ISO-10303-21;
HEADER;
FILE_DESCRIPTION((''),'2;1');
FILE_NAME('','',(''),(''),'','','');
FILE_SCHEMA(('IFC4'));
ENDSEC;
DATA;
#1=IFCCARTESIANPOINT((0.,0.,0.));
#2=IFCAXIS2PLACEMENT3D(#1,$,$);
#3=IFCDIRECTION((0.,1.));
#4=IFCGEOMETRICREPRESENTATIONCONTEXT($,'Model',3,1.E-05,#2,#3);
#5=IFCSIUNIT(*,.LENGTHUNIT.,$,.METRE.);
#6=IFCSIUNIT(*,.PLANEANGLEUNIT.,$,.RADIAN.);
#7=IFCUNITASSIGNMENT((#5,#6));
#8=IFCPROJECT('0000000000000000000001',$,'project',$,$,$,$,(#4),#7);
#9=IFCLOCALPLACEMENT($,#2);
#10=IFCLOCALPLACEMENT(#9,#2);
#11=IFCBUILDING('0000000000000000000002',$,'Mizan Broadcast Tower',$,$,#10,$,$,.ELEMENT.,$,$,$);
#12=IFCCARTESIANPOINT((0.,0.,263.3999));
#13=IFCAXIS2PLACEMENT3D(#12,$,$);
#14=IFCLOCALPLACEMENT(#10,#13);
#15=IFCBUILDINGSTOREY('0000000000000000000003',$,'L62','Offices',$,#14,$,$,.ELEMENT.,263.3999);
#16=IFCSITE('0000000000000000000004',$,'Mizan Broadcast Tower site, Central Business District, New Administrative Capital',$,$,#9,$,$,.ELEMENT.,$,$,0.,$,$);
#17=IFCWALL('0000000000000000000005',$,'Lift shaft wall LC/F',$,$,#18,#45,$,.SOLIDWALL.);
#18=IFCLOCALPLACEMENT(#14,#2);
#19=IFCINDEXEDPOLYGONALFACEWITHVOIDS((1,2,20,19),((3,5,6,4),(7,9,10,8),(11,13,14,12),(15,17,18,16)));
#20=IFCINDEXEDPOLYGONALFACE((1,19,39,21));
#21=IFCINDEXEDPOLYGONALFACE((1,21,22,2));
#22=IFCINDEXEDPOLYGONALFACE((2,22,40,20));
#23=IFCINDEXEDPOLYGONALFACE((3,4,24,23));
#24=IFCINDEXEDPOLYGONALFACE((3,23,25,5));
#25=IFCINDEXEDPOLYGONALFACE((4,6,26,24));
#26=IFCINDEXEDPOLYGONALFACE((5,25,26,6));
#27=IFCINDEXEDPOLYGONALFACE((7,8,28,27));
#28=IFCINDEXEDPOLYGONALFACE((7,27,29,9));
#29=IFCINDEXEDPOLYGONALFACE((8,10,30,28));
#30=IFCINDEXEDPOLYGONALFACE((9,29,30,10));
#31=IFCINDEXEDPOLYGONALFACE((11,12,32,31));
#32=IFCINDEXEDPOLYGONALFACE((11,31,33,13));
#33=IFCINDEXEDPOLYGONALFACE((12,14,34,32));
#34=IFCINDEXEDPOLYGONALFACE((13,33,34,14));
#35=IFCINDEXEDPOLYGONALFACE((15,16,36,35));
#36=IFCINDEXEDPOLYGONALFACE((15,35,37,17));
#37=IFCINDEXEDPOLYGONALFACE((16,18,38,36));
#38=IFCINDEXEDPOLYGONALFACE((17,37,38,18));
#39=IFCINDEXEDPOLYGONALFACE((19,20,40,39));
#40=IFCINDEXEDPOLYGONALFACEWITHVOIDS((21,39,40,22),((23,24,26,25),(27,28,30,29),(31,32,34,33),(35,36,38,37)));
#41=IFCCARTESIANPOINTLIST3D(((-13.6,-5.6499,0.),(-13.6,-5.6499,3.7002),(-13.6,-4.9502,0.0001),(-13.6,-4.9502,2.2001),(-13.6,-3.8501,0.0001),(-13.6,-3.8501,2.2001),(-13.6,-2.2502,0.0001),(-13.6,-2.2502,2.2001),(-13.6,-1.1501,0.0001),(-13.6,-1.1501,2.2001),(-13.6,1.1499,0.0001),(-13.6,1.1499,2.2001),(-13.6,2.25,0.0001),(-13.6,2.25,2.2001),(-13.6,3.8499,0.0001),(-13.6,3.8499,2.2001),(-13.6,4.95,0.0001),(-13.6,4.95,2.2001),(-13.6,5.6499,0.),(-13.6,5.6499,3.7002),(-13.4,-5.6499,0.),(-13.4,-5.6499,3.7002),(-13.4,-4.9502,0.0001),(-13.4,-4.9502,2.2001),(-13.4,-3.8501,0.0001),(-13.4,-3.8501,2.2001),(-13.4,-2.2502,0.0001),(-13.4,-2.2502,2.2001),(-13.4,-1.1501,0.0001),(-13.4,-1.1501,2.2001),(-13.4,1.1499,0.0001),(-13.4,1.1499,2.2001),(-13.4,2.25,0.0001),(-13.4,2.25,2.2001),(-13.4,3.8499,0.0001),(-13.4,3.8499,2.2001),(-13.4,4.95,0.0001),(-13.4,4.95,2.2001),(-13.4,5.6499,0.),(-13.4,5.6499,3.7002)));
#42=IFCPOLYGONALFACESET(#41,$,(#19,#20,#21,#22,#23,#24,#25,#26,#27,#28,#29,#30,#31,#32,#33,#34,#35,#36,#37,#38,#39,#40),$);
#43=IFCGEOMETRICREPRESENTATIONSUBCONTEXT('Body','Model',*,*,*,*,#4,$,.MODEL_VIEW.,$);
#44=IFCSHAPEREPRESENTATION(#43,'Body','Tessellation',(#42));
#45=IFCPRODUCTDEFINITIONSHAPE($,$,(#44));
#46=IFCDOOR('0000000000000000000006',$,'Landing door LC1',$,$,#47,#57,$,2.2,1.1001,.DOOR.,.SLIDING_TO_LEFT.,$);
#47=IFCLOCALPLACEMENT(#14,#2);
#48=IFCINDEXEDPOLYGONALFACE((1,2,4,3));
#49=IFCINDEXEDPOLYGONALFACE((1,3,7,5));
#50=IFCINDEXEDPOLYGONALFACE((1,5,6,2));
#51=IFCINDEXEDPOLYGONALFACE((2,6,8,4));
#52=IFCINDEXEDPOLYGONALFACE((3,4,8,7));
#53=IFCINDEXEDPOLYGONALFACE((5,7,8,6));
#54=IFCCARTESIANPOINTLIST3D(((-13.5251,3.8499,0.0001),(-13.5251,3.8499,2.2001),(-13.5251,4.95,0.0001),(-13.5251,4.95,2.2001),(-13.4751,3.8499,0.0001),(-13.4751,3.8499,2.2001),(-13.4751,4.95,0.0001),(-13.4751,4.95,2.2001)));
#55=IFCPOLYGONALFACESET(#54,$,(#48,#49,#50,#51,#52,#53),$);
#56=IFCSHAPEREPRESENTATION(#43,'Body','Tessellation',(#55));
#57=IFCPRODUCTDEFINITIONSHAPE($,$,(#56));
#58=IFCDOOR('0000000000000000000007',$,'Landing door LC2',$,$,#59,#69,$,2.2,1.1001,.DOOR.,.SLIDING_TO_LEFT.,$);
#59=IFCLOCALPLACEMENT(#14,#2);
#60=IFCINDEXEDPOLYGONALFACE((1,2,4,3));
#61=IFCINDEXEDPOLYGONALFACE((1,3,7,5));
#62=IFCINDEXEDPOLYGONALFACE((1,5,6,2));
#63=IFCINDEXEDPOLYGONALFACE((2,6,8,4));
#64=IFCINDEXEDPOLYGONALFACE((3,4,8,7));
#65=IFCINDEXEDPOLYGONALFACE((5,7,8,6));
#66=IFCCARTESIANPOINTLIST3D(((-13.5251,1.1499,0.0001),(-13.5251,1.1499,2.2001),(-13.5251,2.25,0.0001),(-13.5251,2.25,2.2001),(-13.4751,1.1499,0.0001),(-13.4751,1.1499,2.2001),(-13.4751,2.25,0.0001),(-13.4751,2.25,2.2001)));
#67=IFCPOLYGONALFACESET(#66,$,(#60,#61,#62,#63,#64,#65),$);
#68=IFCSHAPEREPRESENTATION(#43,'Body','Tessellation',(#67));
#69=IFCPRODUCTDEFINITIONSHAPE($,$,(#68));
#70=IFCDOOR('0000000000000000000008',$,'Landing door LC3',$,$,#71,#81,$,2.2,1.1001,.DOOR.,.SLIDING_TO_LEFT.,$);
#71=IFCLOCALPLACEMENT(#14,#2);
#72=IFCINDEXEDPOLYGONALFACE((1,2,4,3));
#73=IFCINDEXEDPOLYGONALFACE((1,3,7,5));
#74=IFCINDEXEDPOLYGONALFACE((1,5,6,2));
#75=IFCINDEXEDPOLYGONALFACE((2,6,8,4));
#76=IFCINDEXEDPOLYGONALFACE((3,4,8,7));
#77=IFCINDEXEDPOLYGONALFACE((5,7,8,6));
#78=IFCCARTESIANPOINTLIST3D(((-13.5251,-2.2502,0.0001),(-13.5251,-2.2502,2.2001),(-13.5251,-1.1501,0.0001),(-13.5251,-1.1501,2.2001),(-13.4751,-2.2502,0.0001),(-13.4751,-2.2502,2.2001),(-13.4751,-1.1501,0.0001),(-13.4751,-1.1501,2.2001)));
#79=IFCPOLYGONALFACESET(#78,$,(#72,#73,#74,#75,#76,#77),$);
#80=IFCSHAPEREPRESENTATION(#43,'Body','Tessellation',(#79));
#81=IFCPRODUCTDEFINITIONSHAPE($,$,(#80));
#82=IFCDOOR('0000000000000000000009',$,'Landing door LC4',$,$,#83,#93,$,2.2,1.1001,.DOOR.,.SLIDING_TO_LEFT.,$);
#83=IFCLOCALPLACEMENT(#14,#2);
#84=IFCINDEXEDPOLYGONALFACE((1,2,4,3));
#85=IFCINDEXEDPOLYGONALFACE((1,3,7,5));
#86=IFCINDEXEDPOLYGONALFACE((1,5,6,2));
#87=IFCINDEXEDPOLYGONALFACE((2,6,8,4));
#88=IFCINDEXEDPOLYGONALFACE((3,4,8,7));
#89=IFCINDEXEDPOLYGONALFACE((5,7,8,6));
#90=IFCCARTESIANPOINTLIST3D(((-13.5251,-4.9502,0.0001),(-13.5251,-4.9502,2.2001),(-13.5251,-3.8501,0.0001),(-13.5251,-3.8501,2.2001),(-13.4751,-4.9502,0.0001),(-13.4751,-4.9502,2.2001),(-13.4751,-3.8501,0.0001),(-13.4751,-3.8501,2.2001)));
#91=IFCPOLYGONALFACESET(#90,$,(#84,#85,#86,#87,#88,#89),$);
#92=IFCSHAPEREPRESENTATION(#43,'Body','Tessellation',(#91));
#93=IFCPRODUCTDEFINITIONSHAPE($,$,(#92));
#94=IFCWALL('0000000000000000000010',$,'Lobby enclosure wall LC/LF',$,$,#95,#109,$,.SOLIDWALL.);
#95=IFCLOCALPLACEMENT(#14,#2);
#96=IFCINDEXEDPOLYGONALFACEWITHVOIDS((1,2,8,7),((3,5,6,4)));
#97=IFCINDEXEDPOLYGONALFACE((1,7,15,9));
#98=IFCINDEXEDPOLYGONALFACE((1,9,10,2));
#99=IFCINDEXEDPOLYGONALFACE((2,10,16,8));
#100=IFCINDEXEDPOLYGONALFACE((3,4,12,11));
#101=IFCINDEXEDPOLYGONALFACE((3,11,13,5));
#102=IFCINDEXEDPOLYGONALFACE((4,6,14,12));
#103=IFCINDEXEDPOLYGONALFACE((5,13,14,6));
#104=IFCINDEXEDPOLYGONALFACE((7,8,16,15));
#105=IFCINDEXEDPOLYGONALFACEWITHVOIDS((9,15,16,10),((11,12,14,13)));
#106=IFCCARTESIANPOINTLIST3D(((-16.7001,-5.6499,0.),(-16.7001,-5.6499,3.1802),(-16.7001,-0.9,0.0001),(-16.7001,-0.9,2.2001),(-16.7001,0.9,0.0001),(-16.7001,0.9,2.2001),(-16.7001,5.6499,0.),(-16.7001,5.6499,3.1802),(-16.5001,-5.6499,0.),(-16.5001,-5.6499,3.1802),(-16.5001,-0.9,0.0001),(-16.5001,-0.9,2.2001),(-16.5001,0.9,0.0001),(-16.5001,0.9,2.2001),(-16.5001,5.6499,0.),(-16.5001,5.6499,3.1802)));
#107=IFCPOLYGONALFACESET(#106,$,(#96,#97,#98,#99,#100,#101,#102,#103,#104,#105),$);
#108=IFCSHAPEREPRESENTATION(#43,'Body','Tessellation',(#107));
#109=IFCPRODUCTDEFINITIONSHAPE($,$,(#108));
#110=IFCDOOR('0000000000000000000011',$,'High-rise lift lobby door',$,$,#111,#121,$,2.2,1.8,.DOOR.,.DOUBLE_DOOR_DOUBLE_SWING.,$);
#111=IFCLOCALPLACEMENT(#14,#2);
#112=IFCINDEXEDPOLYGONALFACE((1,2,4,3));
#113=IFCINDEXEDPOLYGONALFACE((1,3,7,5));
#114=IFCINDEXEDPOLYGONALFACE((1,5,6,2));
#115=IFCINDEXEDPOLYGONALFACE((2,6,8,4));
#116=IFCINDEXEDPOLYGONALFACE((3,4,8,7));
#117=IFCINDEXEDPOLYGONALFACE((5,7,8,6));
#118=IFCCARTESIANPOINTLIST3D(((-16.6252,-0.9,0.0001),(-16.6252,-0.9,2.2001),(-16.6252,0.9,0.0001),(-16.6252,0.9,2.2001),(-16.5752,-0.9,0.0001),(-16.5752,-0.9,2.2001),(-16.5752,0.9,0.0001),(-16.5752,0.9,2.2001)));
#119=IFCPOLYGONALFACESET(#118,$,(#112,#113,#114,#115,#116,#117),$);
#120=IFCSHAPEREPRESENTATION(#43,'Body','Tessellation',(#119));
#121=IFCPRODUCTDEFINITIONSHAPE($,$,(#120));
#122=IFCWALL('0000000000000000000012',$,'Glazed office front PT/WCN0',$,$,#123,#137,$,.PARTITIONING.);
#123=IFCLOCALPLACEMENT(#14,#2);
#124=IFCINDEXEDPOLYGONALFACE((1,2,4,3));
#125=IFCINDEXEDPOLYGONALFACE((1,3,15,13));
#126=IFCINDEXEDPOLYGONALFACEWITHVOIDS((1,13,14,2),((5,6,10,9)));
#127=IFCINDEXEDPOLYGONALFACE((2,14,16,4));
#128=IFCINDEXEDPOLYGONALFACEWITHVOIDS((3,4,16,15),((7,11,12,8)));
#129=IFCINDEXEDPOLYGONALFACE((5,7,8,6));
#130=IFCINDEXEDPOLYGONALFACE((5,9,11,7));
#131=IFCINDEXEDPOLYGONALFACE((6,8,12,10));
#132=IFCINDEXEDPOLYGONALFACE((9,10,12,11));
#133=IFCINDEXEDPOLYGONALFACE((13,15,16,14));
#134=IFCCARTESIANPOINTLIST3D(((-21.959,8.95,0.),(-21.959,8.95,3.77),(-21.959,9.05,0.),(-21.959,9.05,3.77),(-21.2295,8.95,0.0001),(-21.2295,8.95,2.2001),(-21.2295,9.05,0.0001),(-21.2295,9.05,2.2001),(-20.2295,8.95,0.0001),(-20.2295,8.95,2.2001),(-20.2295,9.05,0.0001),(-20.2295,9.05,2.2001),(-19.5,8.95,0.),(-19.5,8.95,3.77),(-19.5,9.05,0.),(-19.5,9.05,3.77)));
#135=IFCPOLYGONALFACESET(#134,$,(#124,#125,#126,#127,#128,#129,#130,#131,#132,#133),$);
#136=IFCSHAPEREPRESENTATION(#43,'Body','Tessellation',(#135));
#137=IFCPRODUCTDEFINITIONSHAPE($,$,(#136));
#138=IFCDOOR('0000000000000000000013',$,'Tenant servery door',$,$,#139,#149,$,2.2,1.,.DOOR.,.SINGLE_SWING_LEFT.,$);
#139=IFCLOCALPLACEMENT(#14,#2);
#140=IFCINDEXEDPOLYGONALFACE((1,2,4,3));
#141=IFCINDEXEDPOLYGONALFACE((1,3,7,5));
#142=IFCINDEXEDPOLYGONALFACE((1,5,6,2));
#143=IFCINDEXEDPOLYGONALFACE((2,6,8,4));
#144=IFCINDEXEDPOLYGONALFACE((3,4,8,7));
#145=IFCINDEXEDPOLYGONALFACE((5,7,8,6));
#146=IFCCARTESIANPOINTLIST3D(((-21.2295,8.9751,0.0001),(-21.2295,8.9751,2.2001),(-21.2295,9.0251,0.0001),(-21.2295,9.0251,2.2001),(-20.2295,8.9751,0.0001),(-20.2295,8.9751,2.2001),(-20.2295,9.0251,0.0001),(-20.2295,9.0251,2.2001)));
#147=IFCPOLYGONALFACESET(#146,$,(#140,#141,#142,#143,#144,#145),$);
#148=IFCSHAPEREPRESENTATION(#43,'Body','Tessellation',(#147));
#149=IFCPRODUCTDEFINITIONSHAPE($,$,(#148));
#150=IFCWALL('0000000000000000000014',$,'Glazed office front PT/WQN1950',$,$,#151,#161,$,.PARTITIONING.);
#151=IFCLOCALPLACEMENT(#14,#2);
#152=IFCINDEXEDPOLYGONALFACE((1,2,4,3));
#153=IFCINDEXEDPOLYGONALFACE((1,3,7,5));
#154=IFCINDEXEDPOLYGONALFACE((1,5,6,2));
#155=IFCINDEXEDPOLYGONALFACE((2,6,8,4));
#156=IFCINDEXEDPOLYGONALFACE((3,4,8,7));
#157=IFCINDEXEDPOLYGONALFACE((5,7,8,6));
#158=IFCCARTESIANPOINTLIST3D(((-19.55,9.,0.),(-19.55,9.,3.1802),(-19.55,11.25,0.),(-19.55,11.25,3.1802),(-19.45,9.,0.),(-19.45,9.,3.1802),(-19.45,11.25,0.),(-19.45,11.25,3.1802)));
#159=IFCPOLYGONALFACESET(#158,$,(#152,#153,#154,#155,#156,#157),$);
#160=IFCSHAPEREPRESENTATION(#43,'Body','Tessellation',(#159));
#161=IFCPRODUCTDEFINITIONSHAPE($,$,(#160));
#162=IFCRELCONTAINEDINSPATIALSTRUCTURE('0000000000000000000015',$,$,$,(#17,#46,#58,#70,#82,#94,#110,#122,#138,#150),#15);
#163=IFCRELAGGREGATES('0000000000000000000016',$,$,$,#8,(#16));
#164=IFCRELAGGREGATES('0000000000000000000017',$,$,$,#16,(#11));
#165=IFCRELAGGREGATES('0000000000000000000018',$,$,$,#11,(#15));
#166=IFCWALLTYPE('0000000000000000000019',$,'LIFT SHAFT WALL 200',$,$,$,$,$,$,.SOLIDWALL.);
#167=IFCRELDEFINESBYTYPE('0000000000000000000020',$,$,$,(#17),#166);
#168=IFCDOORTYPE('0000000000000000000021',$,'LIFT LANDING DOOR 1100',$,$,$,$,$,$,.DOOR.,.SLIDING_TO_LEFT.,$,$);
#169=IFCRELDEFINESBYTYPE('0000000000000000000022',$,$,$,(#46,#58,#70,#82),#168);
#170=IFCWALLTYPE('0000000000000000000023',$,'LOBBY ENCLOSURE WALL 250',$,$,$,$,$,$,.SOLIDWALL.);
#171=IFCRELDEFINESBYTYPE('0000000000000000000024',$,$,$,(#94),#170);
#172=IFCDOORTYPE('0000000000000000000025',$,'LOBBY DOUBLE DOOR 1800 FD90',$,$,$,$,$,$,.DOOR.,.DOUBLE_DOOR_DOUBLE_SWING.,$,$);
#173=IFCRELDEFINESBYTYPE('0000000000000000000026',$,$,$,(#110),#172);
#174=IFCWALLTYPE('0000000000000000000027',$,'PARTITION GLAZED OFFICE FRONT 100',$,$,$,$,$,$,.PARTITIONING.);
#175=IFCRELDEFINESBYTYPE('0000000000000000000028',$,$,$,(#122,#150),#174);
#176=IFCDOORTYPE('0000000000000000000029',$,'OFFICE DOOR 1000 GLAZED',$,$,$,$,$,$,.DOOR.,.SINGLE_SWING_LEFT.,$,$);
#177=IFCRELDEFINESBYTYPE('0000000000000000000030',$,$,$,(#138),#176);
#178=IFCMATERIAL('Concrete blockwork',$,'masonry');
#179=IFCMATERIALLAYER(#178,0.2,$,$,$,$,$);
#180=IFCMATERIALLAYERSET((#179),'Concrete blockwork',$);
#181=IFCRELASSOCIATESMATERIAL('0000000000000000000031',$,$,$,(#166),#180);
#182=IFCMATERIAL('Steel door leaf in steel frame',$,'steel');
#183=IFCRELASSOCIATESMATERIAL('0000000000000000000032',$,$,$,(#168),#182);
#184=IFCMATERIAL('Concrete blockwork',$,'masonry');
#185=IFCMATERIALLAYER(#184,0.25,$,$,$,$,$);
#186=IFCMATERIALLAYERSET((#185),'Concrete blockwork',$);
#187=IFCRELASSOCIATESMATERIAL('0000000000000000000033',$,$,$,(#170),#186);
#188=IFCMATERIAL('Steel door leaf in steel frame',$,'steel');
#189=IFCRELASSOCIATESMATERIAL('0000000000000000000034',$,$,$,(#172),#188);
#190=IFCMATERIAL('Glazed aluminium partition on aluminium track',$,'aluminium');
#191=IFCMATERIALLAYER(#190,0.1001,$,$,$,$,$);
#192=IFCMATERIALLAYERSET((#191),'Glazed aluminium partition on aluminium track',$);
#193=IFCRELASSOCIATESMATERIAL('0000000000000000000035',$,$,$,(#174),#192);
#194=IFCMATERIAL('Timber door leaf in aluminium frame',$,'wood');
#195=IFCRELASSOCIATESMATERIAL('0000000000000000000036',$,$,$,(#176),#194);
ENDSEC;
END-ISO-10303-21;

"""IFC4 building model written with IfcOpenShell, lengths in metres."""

from ifc_helpers import new_model, si_unit, direction, frame, frame_2d, origin, place, context, subcontext, project, spatial, rectangle, extrude, material, layer, layer_set, type_object, element, fill, save


model = new_model("IFC4")

# Units and contexts
model_context = context("Model", 3, precision=1e-05, world=origin(), true_north=direction((0.0, 1.0)))
body_context = subcontext(model_context, "Body", "Model", "MODEL_VIEW")
ifc_project = project(units=[si_unit("LENGTHUNIT", "METRE"), si_unit("PLANEANGLEUNIT", "RADIAN")], contexts=[model_context])

# Site, building, storey
site_placement = place(None, origin())
site = spatial("IfcSite", under=ifc_project, at=site_placement, Name="Mizan Broadcast Tower site, Central Business District, New Administrative Capital", CompositionType="ELEMENT", RefElevation=0.0)
building_placement = place(site_placement, origin())
building = spatial("IfcBuilding", under=site, at=building_placement, Name="Mizan Broadcast Tower", CompositionType="ELEMENT")
storey_placement = place(building_placement, frame((0.0, 0.0, 263.3999)))
storey = spatial("IfcBuildingStorey", under=building, at=storey_placement, Name="L62", Description="Offices", CompositionType="ELEMENT", Elevation=263.3999)

# Wall, openings, doors
ifc_material_1 = material(Name="Concrete blockwork", Category="masonry")
ifc_layer_1 = layer(ifc_material_1, 0.2)
ifc_layer_set_1 = layer_set([ifc_layer_1], Name="Concrete blockwork")
wall_type_1 = type_object("IfcWallType", Name="LIFT SHAFT WALL 200", PredefinedType="SOLIDWALL", material=ifc_layer_set_1)
wall_1_placement = place(storey_placement, frame((-13.5, 5.6499, 0.0), z_axis=(0.0, 0.0, 1.0), x_axis=(0.0, -1.0, 0.0)))
wall_1 = element("IfcWall", 1, at=wall_1_placement, inside=storey, type_object=wall_type_1, Name="Lift shaft wall LC/F", PredefinedType="SOLIDWALL", context=body_context, shape_type="SweptSolid", body=[
    extrude(rectangle(XDim=11.2998, YDim=0.2, at=frame_2d((5.6499, 0.0))), origin(), (0.0, 0.0, 1.0), 3.7002),
])
opening_1_placement = place(wall_1_placement, frame((0.7, 0.0, 0.0)))
opening_1 = element("IfcOpeningElement", 2, at=opening_1_placement, cuts=wall_1, PredefinedType="OPENING", context=body_context, shape_type="SweptSolid", body=[
    extrude(rectangle(XDim=1.1001, YDim=2.2, at=frame_2d((0.55, 1.1001))), frame((0.0, 0.1099, 0.0), z_axis=(0.0, -1.0, 0.0), x_axis=(1.0, 0.0, 0.0)), (0.0, 0.0, 1.0), 0.22),
])
opening_2_placement = place(wall_1_placement, frame((3.3999, 0.0, 0.0)))
opening_2 = element("IfcOpeningElement", 3, at=opening_2_placement, cuts=wall_1, PredefinedType="OPENING", context=body_context, shape_type="SweptSolid", body=[
    extrude(rectangle(XDim=1.1001, YDim=2.2, at=frame_2d((0.55, 1.1001))), frame((0.0, 0.1099, 0.0), z_axis=(0.0, -1.0, 0.0), x_axis=(1.0, 0.0, 0.0)), (0.0, 0.0, 1.0), 0.22),
])
opening_3_placement = place(wall_1_placement, frame((6.8, 0.0, 0.0)))
opening_3 = element("IfcOpeningElement", 4, at=opening_3_placement, cuts=wall_1, PredefinedType="OPENING", context=body_context, shape_type="SweptSolid", body=[
    extrude(rectangle(XDim=1.1001, YDim=2.2, at=frame_2d((0.55, 1.1001))), frame((0.0, 0.1099, 0.0), z_axis=(0.0, -1.0, 0.0), x_axis=(1.0, 0.0, 0.0)), (0.0, 0.0, 1.0), 0.22),
])
opening_4_placement = place(wall_1_placement, frame((9.5, 0.0, 0.0)))
opening_4 = element("IfcOpeningElement", 5, at=opening_4_placement, cuts=wall_1, PredefinedType="OPENING", context=body_context, shape_type="SweptSolid", body=[
    extrude(rectangle(XDim=1.1001, YDim=2.2, at=frame_2d((0.55, 1.1001))), frame((0.0, 0.1099, 0.0), z_axis=(0.0, -1.0, 0.0), x_axis=(1.0, 0.0, 0.0)), (0.0, 0.0, 1.0), 0.22),
])
ifc_material_2 = material(Name="Steel door leaf in steel frame", Category="steel")
door_type_1 = type_object("IfcDoorType", Name="LIFT LANDING DOOR 1100", OperationType="SLIDING_TO_LEFT", PredefinedType="DOOR", material=ifc_material_2)
door_1_placement = place(opening_1_placement, origin())
door_1 = element("IfcDoor", 6, at=door_1_placement, inside=storey, type_object=door_type_1, Name="Landing door LC1", OperationType="SLIDING_TO_LEFT", OverallHeight=2.2, OverallWidth=1.1001, PredefinedType="DOOR", context=body_context, shape_type="SweptSolid", body=[
    extrude(rectangle(XDim=1.1001, YDim=2.2, at=frame_2d((0.55, 1.1001))), frame((0.0, 0.0249, 0.0), z_axis=(0.0, -1.0, 0.0), x_axis=(1.0, 0.0, 0.0)), (0.0, 0.0, 1.0), 0.05),
])
fill(opening_1, door_1)
door_2_placement = place(opening_2_placement, origin())
door_2 = element("IfcDoor", 7, at=door_2_placement, inside=storey, type_object=door_type_1, Name="Landing door LC2", OperationType="SLIDING_TO_LEFT", OverallHeight=2.2, OverallWidth=1.1001, PredefinedType="DOOR", context=body_context, shape_type="SweptSolid", body=[
    extrude(rectangle(XDim=1.1001, YDim=2.2, at=frame_2d((0.55, 1.1001))), frame((0.0, 0.0249, 0.0), z_axis=(0.0, -1.0, 0.0), x_axis=(1.0, 0.0, 0.0)), (0.0, 0.0, 1.0), 0.05),
])
fill(opening_2, door_2)
door_3_placement = place(opening_3_placement, origin())
door_3 = element("IfcDoor", 8, at=door_3_placement, inside=storey, type_object=door_type_1, Name="Landing door LC3", OperationType="SLIDING_TO_LEFT", OverallHeight=2.2, OverallWidth=1.1001, PredefinedType="DOOR", context=body_context, shape_type="SweptSolid", body=[
    extrude(rectangle(XDim=1.1001, YDim=2.2, at=frame_2d((0.55, 1.1001))), frame((0.0, 0.0249, 0.0), z_axis=(0.0, -1.0, 0.0), x_axis=(1.0, 0.0, 0.0)), (0.0, 0.0, 1.0), 0.05),
])
fill(opening_3, door_3)
door_4_placement = place(opening_4_placement, origin())
door_4 = element("IfcDoor", 9, at=door_4_placement, inside=storey, type_object=door_type_1, Name="Landing door LC4", OperationType="SLIDING_TO_LEFT", OverallHeight=2.2, OverallWidth=1.1001, PredefinedType="DOOR", context=body_context, shape_type="SweptSolid", body=[
    extrude(rectangle(XDim=1.1001, YDim=2.2, at=frame_2d((0.55, 1.1001))), frame((0.0, 0.0249, 0.0), z_axis=(0.0, -1.0, 0.0), x_axis=(1.0, 0.0, 0.0)), (0.0, 0.0, 1.0), 0.05),
])
fill(opening_4, door_4)

# Walls, openings, doors
ifc_material_3 = material(Name="Concrete blockwork", Category="masonry")
ifc_layer_2 = layer(ifc_material_3, 0.25)
ifc_layer_set_2 = layer_set([ifc_layer_2], Name="Concrete blockwork")
wall_type_2 = type_object("IfcWallType", Name="LOBBY ENCLOSURE WALL 250", PredefinedType="SOLIDWALL", material=ifc_layer_set_2)
wall_2_placement = place(storey_placement, frame((-16.6001, 5.6499, 0.0), z_axis=(0.0, 0.0, 1.0), x_axis=(0.0, -1.0, 0.0)))
wall_2 = element("IfcWall", 10, at=wall_2_placement, inside=storey, type_object=wall_type_2, Name="Lobby enclosure wall LC/LF", PredefinedType="SOLIDWALL", context=body_context, shape_type="SweptSolid", body=[
    extrude(rectangle(XDim=11.2998, YDim=0.2, at=frame_2d((5.6499, 0.0))), origin(), (0.0, 0.0, 1.0), 3.1802),
])
opening_5_placement = place(wall_2_placement, frame((4.75, 0.0, 0.0)))
opening_5 = element("IfcOpeningElement", 11, at=opening_5_placement, cuts=wall_2, PredefinedType="OPENING", context=body_context, shape_type="SweptSolid", body=[
    extrude(rectangle(XDim=1.8, YDim=2.2, at=frame_2d((0.8999, 1.1001))), frame((0.0, 0.1099, 0.0), z_axis=(0.0, -1.0, 0.0), x_axis=(1.0, 0.0, 0.0)), (0.0, 0.0, 1.0), 0.22),
])
ifc_material_4 = material(Name="Steel door leaf in steel frame", Category="steel")
door_type_2 = type_object("IfcDoorType", Name="LOBBY DOUBLE DOOR 1800 FD90", OperationType="DOUBLE_DOOR_DOUBLE_SWING", PredefinedType="DOOR", material=ifc_material_4)
door_5_placement = place(opening_5_placement, origin())
door_5 = element("IfcDoor", 12, at=door_5_placement, inside=storey, type_object=door_type_2, Name="High-rise lift lobby door", OperationType="DOUBLE_DOOR_DOUBLE_SWING", OverallHeight=2.2, OverallWidth=1.8, PredefinedType="DOOR", context=body_context, shape_type="SweptSolid", body=[
    extrude(rectangle(XDim=1.8, YDim=2.2, at=frame_2d((0.8999, 1.1001))), frame((0.0, 0.0249, 0.0), z_axis=(0.0, -1.0, 0.0), x_axis=(1.0, 0.0, 0.0)), (0.0, 0.0, 1.0), 0.05),
])
fill(opening_5, door_5)
ifc_material_5 = material(Name="Glazed aluminium partition on aluminium track", Category="aluminium")
ifc_layer_3 = layer(ifc_material_5, 0.1001)
ifc_layer_set_3 = layer_set([ifc_layer_3], Name="Glazed aluminium partition on aluminium track")
wall_type_3 = type_object("IfcWallType", Name="PARTITION GLAZED OFFICE FRONT 100", PredefinedType="PARTITIONING", material=ifc_layer_set_3)
wall_3_placement = place(storey_placement, frame((-19.5, 9.0, 0.0), z_axis=(0.0, 0.0, 1.0), x_axis=(-1.0, 0.0, 0.0)))
wall_3 = element("IfcWall", 13, at=wall_3_placement, inside=storey, type_object=wall_type_3, Name="Glazed office front PT/WCN0", PredefinedType="PARTITIONING", context=body_context, shape_type="SweptSolid", body=[
    extrude(rectangle(XDim=2.459, YDim=0.1001, at=frame_2d((1.2295, 0.0))), origin(), (0.0, 0.0, 1.0), 3.77),
])
opening_6_placement = place(wall_3_placement, frame((0.7295, 0.0, 0.0)))
opening_6 = element("IfcOpeningElement", 14, at=opening_6_placement, cuts=wall_3, PredefinedType="OPENING", context=body_context, shape_type="SweptSolid", body=[
    extrude(rectangle(XDim=1.0, YDim=2.2, at=frame_2d((0.5, 1.1001))), frame((0.0, 0.0601, 0.0), z_axis=(0.0, -1.0, 0.0), x_axis=(1.0, 0.0, 0.0)), (0.0, 0.0, 1.0), 0.1201),
])
ifc_material_6 = material(Name="Timber door leaf in aluminium frame", Category="wood")
door_type_3 = type_object("IfcDoorType", Name="OFFICE DOOR 1000 GLAZED", OperationType="SINGLE_SWING_LEFT", PredefinedType="DOOR", material=ifc_material_6)
door_6_placement = place(opening_6_placement, origin())
door_6 = element("IfcDoor", 15, at=door_6_placement, inside=storey, type_object=door_type_3, Name="Tenant servery door", OperationType="SINGLE_SWING_LEFT", OverallHeight=2.2, OverallWidth=1.0, PredefinedType="DOOR", context=body_context, shape_type="SweptSolid", body=[
    extrude(rectangle(XDim=1.0, YDim=2.2, at=frame_2d((0.5, 1.1001))), frame((0.0, 0.0249, 0.0), z_axis=(0.0, -1.0, 0.0), x_axis=(1.0, 0.0, 0.0)), (0.0, 0.0, 1.0), 0.05),
])
fill(opening_6, door_6)

# Wall
wall_4_placement = place(storey_placement, frame((-19.5, 9.0, 0.0), z_axis=(0.0, 0.0, 1.0), x_axis=(0.0, 1.0, 0.0)))
element("IfcWall", 16, at=wall_4_placement, inside=storey, type_object=wall_type_3, Name="Glazed office front PT/WQN1950", PredefinedType="PARTITIONING", context=body_context, shape_type="SweptSolid", body=[
    extrude(rectangle(XDim=2.25, YDim=0.1001, at=frame_2d((1.125, 0.0))), origin(), (0.0, 0.0, 1.0), 3.1802),
])

save(model, "model.ifc")
